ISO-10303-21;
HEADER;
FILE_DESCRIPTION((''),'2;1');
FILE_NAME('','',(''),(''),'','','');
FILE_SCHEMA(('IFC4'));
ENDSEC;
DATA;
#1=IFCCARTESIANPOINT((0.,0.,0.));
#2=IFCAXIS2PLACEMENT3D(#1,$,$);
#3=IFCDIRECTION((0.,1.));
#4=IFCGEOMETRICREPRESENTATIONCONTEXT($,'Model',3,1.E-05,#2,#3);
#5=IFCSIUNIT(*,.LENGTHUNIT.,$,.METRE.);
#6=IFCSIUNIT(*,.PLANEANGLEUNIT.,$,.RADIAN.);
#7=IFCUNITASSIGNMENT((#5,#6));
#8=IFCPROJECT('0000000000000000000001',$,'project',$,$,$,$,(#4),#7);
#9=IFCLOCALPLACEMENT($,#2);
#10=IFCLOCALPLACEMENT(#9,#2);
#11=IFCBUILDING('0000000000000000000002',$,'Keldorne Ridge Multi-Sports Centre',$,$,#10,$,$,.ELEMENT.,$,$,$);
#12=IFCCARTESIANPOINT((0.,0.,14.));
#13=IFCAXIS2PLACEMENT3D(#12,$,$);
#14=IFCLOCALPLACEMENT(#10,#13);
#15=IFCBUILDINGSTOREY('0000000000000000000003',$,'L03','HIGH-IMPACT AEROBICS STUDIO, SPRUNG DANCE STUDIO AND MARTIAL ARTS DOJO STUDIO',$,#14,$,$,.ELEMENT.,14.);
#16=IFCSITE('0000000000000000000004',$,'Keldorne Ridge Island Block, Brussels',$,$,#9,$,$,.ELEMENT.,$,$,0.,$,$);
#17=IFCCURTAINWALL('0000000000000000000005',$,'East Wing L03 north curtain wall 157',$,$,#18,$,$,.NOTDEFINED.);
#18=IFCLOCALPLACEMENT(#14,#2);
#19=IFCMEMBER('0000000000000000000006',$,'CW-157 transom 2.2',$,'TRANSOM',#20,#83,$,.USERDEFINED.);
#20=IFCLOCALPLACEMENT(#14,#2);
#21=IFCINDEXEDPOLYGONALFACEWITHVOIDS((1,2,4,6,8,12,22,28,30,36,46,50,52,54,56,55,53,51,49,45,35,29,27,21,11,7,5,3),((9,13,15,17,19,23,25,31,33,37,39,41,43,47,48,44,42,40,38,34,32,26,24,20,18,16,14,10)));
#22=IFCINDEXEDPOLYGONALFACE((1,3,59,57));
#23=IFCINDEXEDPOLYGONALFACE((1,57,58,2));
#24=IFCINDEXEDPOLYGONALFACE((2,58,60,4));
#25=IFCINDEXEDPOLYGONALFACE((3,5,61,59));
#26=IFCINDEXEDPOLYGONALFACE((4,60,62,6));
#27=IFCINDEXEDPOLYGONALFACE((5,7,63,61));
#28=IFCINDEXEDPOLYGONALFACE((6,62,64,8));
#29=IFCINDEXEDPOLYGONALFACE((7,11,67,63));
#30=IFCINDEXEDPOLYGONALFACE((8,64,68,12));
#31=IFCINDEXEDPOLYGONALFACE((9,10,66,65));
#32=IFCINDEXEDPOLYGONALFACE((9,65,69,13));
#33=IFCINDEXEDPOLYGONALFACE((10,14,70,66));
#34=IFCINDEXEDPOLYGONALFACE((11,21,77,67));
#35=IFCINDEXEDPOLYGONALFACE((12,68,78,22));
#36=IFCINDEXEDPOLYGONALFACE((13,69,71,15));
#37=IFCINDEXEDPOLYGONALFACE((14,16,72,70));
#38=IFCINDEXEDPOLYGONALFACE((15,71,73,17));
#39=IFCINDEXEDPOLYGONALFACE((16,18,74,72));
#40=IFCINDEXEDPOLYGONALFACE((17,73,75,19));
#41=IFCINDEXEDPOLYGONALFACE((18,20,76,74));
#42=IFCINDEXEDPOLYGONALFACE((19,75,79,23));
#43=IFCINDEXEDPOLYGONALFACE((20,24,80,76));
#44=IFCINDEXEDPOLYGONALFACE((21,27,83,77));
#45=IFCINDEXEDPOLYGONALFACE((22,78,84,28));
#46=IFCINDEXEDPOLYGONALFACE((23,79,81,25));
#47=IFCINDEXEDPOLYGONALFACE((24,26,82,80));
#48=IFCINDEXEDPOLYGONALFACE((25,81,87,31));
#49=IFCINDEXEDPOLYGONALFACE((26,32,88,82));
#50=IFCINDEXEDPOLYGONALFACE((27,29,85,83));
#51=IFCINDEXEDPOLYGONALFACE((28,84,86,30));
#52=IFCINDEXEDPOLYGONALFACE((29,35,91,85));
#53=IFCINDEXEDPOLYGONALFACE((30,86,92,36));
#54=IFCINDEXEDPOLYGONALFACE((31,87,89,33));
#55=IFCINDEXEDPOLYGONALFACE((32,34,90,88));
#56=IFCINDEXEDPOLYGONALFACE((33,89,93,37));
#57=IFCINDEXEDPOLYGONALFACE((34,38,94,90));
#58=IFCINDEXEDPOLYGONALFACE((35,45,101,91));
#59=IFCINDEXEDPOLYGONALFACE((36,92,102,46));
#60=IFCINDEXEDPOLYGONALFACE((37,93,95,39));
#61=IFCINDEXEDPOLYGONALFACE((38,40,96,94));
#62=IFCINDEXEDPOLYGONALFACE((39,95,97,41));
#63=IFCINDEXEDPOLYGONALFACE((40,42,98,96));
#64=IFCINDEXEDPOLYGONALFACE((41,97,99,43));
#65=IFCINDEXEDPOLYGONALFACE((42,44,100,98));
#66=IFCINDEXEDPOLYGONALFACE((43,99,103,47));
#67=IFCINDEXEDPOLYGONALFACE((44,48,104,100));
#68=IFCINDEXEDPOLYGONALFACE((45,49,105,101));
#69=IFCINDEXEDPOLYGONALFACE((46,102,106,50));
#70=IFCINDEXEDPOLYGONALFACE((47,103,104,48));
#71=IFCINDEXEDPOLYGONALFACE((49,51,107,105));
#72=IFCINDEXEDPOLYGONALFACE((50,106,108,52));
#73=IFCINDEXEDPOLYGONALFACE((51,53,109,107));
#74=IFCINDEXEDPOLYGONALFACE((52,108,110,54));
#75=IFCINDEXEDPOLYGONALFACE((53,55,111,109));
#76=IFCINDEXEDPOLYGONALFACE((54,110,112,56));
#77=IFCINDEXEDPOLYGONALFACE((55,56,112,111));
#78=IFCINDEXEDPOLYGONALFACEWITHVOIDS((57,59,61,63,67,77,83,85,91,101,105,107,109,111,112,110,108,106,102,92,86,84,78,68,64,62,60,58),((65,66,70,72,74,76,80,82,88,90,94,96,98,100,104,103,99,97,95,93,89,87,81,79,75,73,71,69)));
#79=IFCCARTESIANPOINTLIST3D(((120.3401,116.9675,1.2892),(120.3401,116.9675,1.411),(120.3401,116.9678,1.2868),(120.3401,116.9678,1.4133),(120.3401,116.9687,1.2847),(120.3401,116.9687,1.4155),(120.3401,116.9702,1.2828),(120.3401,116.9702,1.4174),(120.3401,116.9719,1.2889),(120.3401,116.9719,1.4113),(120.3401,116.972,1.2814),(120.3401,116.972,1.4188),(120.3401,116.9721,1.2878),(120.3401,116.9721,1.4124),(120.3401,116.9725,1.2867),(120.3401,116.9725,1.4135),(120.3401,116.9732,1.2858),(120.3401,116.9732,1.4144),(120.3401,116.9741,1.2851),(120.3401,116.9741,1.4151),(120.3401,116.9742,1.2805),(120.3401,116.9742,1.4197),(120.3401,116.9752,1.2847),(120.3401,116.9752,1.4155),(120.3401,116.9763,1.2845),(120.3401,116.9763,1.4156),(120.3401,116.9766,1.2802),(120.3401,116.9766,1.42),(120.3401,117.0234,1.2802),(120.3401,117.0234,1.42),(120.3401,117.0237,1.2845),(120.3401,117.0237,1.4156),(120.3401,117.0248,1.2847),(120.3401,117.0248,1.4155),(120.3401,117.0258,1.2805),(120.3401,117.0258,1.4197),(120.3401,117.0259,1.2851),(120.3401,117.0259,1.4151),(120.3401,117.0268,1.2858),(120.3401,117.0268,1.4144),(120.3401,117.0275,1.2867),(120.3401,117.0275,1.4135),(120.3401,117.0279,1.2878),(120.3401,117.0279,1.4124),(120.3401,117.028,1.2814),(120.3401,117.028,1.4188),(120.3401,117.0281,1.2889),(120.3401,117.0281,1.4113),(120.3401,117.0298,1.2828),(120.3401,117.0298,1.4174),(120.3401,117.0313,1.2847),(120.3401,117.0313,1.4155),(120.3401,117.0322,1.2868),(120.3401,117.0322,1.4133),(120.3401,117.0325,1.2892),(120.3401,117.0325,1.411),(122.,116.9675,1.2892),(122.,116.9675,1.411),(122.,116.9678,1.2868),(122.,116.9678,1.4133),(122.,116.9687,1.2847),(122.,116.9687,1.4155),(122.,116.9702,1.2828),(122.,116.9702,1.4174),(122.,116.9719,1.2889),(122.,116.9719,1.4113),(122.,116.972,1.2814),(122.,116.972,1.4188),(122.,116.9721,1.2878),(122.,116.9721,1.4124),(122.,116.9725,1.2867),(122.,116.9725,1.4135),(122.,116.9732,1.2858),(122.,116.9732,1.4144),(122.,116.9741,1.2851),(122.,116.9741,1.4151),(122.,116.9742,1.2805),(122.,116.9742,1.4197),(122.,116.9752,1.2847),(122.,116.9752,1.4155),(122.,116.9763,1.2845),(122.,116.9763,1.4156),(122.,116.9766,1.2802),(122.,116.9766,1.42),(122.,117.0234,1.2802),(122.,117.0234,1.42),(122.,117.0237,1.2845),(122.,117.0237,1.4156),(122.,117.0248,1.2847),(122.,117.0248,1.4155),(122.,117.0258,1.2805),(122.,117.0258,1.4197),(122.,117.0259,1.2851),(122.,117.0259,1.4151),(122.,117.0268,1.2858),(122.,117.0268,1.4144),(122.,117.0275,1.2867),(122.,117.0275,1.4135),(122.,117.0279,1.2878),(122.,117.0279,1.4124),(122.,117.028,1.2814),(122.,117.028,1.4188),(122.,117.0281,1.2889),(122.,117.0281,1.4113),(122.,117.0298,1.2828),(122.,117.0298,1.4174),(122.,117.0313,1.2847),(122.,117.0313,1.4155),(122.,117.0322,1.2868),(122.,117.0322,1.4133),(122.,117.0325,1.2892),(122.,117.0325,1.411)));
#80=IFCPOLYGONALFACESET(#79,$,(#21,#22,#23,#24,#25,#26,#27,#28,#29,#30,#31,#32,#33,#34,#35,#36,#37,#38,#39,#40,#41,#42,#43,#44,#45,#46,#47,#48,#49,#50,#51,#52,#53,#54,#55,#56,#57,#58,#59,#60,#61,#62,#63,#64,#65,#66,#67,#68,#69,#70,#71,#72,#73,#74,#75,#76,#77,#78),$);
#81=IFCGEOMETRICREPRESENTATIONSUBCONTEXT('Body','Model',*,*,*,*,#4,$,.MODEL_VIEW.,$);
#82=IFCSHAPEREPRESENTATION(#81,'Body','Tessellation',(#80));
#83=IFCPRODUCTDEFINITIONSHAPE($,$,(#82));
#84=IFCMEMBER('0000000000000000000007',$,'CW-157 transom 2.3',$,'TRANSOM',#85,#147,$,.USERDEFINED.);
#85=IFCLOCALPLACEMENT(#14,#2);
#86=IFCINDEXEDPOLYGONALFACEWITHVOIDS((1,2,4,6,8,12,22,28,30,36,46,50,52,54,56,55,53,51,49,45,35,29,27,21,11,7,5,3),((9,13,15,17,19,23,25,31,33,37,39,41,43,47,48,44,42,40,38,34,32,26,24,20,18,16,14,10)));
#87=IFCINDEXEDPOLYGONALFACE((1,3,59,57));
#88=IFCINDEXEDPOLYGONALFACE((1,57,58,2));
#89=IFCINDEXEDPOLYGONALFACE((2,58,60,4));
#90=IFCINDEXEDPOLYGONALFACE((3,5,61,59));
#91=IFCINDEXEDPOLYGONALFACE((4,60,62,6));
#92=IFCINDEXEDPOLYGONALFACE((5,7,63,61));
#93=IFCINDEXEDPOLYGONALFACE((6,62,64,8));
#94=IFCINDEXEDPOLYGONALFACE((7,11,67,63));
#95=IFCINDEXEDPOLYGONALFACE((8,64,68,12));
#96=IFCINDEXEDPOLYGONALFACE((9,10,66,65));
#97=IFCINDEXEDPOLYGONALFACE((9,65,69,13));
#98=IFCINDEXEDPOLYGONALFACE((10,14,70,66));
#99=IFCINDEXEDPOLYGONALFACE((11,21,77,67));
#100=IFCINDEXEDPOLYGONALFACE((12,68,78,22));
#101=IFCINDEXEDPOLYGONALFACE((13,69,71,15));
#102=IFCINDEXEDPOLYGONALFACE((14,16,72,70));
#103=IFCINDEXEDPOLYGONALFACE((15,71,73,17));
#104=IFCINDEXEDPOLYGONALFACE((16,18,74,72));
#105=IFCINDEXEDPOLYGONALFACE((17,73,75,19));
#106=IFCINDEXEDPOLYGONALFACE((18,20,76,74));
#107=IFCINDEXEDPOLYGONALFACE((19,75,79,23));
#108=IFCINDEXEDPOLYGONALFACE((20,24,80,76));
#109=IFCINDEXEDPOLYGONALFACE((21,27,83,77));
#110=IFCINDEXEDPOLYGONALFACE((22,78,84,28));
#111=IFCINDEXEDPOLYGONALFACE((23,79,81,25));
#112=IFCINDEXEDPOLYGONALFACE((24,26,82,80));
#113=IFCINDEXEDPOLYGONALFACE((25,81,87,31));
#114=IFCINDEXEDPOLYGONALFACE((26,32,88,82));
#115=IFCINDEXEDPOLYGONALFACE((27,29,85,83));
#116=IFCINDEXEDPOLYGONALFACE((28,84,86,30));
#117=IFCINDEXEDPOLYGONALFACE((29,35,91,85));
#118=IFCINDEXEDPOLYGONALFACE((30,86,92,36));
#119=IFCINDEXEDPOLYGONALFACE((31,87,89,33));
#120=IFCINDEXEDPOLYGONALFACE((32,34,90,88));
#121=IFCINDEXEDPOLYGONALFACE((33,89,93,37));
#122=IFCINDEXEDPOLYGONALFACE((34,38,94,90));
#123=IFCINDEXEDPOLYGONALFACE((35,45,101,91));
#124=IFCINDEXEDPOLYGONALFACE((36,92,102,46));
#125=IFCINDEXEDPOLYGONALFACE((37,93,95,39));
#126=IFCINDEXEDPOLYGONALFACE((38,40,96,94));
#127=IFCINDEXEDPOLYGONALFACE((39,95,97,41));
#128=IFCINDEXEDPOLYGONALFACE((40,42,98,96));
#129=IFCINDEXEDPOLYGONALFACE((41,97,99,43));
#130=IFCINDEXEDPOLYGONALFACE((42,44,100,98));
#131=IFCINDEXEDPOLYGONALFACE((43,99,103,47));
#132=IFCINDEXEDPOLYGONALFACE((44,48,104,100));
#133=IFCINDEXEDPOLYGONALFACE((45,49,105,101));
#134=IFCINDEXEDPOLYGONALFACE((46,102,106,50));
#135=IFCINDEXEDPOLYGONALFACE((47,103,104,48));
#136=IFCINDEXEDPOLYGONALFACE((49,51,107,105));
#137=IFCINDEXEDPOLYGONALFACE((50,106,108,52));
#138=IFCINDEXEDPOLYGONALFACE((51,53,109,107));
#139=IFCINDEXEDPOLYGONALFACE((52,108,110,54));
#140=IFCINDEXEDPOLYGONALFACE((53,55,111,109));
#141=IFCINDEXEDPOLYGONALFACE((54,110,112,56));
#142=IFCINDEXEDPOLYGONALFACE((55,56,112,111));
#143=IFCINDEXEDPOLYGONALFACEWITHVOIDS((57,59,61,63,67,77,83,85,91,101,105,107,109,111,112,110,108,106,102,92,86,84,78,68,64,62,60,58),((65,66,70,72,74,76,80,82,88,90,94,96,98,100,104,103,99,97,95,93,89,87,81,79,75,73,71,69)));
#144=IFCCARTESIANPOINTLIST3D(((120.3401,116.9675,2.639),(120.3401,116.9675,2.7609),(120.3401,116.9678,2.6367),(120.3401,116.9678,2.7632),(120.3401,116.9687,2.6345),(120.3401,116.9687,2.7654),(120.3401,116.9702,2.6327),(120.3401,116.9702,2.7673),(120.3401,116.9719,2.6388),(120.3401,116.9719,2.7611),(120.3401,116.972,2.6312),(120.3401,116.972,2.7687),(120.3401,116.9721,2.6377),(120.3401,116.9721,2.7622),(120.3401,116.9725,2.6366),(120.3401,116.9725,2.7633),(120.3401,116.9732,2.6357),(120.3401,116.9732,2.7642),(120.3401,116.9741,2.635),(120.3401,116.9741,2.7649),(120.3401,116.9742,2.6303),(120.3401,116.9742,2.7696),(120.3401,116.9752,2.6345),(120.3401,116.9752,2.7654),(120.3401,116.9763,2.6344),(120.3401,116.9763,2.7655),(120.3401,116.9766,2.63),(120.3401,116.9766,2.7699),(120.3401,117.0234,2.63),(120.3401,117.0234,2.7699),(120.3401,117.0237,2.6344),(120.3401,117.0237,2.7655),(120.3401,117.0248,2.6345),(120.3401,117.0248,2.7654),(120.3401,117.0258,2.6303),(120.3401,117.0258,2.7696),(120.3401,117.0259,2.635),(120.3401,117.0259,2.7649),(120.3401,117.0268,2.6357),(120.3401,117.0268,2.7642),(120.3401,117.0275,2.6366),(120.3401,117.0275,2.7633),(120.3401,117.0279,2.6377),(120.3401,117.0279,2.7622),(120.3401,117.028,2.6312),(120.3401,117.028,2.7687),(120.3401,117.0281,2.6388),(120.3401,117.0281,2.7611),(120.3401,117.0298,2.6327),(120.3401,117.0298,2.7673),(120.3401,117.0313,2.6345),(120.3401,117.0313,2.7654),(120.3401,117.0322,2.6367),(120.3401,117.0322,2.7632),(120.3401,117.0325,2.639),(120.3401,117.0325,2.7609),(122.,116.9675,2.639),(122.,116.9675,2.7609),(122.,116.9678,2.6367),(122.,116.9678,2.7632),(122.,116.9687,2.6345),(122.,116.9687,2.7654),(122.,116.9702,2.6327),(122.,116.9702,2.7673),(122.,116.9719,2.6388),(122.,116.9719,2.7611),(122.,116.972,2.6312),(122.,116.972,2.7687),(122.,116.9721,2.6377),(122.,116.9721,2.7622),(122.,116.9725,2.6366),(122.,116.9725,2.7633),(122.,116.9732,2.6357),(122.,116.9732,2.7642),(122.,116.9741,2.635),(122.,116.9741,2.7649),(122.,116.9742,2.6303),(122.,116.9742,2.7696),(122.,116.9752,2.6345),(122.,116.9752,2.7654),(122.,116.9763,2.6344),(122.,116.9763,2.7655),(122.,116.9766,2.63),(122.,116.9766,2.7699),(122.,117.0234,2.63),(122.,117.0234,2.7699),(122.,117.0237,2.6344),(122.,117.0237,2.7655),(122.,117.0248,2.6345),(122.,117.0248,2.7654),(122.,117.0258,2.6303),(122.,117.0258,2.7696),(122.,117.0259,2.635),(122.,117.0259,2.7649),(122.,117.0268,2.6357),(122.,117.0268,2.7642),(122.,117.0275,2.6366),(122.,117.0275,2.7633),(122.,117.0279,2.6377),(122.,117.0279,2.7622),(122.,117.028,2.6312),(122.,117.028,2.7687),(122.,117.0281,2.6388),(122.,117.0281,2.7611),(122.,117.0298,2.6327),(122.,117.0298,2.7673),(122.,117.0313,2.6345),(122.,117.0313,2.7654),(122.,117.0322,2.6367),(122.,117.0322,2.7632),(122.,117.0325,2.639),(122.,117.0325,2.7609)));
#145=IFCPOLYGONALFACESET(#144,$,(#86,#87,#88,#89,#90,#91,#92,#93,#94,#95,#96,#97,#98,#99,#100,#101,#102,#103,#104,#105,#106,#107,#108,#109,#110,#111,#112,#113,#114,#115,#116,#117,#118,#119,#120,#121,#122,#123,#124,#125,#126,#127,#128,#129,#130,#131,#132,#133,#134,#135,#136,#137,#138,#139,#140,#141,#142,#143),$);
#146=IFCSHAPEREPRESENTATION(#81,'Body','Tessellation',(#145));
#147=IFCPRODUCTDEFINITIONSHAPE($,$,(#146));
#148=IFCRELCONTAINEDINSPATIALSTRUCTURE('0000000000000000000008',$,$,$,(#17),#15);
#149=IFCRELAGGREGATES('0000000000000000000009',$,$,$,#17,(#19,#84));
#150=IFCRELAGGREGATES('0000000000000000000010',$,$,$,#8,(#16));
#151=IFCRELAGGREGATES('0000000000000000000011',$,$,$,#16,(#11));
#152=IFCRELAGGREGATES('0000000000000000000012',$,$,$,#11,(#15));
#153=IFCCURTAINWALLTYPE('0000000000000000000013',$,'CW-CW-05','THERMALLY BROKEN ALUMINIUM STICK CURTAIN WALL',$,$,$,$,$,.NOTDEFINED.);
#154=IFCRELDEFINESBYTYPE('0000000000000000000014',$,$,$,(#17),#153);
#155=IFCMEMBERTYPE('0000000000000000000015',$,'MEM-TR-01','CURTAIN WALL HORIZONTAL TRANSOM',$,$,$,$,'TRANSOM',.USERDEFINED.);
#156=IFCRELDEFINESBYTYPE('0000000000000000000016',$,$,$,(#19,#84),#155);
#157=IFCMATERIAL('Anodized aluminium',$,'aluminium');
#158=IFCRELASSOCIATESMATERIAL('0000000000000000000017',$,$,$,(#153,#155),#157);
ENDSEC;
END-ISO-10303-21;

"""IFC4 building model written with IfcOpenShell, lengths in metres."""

from ifc_helpers import new_model, si_unit, direction, frame, origin, origin_2d, place, context, subcontext, project, spatial, hollow_rectangle, extrude, material, material_profile, profile_set, type_object, element, aggregate, save


model = new_model("IFC4")

# Units and contexts
model_context = context("Model", 3, precision=1e-05, world=origin(), true_north=direction((0.0, 1.0)))
body_context = subcontext(model_context, "Body", "Model", "MODEL_VIEW")
ifc_project = project(units=[si_unit("LENGTHUNIT", "METRE"), si_unit("PLANEANGLEUNIT", "RADIAN")], contexts=[model_context])

# Site, building, storey
site_placement = place(None, origin())
site = spatial("IfcSite", under=ifc_project, at=site_placement, Name="Keldorne Ridge Island Block, Brussels", CompositionType="ELEMENT", RefElevation=0.0)
building_placement = place(site_placement, origin())
building = spatial("IfcBuilding", under=site, at=building_placement, Name="Keldorne Ridge Multi-Sports Centre", CompositionType="ELEMENT")
storey_placement = place(building_placement, frame((0.0, 0.0, 14.0)))
storey = spatial("IfcBuildingStorey", under=building, at=storey_placement, Name="L03", Description="HIGH-IMPACT AEROBICS STUDIO, SPRUNG DANCE STUDIO AND MARTIAL ARTS DOJO STUDIO", CompositionType="ELEMENT", Elevation=14.0)

# Curtain wall, members
ifc_material_1 = material(Name="Anodized aluminium", Category="aluminium")
curtain_wall_type = type_object("IfcCurtainWallType", Name="CW-CW-05", Description="THERMALLY BROKEN ALUMINIUM STICK CURTAIN WALL", PredefinedType="NOTDEFINED", material=ifc_material_1)
curtain_wall_placement = place(storey_placement, origin())
curtain_wall = element("IfcCurtainWall", 1, at=curtain_wall_placement, inside=storey, type_object=curtain_wall_type, Name="East Wing L03 north curtain wall 157", PredefinedType="NOTDEFINED")
ifc_material_profile_1 = material_profile(ifc_material_1, hollow_rectangle(XDim=0.0649, YDim=0.1399, WallThickness=0.0044, InnerFilletRadius=0.0044, OuterFilletRadius=0.009, at=origin_2d()), Name="ALU TRANSOM 140x65x4.5")
ifc_profile_set_1 = profile_set([ifc_material_profile_1], Name="Anodized aluminium")
member_type_1 = type_object("IfcMemberType", Name="MEM-TR-01", Description="CURTAIN WALL HORIZONTAL TRANSOM", ElementType="TRANSOM", PredefinedType="USERDEFINED", material=ifc_profile_set_1)
member_1_placement = place(storey_placement, frame((122.0, 117.0, 1.3501), z_axis=(-1.0, 0.0, 0.0), x_axis=(0.0, -1.0, 0.0)))
member_1 = element("IfcMember", 2, at=member_1_placement, type_object=member_type_1, Name="CW-157 transom 2.2", ObjectType="TRANSOM", PredefinedType="USERDEFINED", context=body_context, shape_type="SweptSolid", body=[
    extrude(hollow_rectangle(XDim=0.0649, YDim=0.1399, WallThickness=0.0044, InnerFilletRadius=0.0044, OuterFilletRadius=0.009, at=origin_2d()), origin(), (0.0, 0.0, 1.0), 1.6599),
])
member_2_placement = place(storey_placement, frame((122.0, 117.0, 2.7), z_axis=(-1.0, 0.0, 0.0), x_axis=(0.0, -1.0, 0.0)))
member_2 = element("IfcMember", 3, at=member_2_placement, type_object=member_type_1, Name="CW-157 transom 2.3", ObjectType="TRANSOM", PredefinedType="USERDEFINED", context=body_context, shape_type="SweptSolid", body=[
    extrude(hollow_rectangle(XDim=0.0649, YDim=0.1399, WallThickness=0.0044, InnerFilletRadius=0.0044, OuterFilletRadius=0.009, at=origin_2d()), origin(), (0.0, 0.0, 1.0), 1.6599),
])
aggregate(curtain_wall, [member_1, member_2])

save(model, "model.ifc")
